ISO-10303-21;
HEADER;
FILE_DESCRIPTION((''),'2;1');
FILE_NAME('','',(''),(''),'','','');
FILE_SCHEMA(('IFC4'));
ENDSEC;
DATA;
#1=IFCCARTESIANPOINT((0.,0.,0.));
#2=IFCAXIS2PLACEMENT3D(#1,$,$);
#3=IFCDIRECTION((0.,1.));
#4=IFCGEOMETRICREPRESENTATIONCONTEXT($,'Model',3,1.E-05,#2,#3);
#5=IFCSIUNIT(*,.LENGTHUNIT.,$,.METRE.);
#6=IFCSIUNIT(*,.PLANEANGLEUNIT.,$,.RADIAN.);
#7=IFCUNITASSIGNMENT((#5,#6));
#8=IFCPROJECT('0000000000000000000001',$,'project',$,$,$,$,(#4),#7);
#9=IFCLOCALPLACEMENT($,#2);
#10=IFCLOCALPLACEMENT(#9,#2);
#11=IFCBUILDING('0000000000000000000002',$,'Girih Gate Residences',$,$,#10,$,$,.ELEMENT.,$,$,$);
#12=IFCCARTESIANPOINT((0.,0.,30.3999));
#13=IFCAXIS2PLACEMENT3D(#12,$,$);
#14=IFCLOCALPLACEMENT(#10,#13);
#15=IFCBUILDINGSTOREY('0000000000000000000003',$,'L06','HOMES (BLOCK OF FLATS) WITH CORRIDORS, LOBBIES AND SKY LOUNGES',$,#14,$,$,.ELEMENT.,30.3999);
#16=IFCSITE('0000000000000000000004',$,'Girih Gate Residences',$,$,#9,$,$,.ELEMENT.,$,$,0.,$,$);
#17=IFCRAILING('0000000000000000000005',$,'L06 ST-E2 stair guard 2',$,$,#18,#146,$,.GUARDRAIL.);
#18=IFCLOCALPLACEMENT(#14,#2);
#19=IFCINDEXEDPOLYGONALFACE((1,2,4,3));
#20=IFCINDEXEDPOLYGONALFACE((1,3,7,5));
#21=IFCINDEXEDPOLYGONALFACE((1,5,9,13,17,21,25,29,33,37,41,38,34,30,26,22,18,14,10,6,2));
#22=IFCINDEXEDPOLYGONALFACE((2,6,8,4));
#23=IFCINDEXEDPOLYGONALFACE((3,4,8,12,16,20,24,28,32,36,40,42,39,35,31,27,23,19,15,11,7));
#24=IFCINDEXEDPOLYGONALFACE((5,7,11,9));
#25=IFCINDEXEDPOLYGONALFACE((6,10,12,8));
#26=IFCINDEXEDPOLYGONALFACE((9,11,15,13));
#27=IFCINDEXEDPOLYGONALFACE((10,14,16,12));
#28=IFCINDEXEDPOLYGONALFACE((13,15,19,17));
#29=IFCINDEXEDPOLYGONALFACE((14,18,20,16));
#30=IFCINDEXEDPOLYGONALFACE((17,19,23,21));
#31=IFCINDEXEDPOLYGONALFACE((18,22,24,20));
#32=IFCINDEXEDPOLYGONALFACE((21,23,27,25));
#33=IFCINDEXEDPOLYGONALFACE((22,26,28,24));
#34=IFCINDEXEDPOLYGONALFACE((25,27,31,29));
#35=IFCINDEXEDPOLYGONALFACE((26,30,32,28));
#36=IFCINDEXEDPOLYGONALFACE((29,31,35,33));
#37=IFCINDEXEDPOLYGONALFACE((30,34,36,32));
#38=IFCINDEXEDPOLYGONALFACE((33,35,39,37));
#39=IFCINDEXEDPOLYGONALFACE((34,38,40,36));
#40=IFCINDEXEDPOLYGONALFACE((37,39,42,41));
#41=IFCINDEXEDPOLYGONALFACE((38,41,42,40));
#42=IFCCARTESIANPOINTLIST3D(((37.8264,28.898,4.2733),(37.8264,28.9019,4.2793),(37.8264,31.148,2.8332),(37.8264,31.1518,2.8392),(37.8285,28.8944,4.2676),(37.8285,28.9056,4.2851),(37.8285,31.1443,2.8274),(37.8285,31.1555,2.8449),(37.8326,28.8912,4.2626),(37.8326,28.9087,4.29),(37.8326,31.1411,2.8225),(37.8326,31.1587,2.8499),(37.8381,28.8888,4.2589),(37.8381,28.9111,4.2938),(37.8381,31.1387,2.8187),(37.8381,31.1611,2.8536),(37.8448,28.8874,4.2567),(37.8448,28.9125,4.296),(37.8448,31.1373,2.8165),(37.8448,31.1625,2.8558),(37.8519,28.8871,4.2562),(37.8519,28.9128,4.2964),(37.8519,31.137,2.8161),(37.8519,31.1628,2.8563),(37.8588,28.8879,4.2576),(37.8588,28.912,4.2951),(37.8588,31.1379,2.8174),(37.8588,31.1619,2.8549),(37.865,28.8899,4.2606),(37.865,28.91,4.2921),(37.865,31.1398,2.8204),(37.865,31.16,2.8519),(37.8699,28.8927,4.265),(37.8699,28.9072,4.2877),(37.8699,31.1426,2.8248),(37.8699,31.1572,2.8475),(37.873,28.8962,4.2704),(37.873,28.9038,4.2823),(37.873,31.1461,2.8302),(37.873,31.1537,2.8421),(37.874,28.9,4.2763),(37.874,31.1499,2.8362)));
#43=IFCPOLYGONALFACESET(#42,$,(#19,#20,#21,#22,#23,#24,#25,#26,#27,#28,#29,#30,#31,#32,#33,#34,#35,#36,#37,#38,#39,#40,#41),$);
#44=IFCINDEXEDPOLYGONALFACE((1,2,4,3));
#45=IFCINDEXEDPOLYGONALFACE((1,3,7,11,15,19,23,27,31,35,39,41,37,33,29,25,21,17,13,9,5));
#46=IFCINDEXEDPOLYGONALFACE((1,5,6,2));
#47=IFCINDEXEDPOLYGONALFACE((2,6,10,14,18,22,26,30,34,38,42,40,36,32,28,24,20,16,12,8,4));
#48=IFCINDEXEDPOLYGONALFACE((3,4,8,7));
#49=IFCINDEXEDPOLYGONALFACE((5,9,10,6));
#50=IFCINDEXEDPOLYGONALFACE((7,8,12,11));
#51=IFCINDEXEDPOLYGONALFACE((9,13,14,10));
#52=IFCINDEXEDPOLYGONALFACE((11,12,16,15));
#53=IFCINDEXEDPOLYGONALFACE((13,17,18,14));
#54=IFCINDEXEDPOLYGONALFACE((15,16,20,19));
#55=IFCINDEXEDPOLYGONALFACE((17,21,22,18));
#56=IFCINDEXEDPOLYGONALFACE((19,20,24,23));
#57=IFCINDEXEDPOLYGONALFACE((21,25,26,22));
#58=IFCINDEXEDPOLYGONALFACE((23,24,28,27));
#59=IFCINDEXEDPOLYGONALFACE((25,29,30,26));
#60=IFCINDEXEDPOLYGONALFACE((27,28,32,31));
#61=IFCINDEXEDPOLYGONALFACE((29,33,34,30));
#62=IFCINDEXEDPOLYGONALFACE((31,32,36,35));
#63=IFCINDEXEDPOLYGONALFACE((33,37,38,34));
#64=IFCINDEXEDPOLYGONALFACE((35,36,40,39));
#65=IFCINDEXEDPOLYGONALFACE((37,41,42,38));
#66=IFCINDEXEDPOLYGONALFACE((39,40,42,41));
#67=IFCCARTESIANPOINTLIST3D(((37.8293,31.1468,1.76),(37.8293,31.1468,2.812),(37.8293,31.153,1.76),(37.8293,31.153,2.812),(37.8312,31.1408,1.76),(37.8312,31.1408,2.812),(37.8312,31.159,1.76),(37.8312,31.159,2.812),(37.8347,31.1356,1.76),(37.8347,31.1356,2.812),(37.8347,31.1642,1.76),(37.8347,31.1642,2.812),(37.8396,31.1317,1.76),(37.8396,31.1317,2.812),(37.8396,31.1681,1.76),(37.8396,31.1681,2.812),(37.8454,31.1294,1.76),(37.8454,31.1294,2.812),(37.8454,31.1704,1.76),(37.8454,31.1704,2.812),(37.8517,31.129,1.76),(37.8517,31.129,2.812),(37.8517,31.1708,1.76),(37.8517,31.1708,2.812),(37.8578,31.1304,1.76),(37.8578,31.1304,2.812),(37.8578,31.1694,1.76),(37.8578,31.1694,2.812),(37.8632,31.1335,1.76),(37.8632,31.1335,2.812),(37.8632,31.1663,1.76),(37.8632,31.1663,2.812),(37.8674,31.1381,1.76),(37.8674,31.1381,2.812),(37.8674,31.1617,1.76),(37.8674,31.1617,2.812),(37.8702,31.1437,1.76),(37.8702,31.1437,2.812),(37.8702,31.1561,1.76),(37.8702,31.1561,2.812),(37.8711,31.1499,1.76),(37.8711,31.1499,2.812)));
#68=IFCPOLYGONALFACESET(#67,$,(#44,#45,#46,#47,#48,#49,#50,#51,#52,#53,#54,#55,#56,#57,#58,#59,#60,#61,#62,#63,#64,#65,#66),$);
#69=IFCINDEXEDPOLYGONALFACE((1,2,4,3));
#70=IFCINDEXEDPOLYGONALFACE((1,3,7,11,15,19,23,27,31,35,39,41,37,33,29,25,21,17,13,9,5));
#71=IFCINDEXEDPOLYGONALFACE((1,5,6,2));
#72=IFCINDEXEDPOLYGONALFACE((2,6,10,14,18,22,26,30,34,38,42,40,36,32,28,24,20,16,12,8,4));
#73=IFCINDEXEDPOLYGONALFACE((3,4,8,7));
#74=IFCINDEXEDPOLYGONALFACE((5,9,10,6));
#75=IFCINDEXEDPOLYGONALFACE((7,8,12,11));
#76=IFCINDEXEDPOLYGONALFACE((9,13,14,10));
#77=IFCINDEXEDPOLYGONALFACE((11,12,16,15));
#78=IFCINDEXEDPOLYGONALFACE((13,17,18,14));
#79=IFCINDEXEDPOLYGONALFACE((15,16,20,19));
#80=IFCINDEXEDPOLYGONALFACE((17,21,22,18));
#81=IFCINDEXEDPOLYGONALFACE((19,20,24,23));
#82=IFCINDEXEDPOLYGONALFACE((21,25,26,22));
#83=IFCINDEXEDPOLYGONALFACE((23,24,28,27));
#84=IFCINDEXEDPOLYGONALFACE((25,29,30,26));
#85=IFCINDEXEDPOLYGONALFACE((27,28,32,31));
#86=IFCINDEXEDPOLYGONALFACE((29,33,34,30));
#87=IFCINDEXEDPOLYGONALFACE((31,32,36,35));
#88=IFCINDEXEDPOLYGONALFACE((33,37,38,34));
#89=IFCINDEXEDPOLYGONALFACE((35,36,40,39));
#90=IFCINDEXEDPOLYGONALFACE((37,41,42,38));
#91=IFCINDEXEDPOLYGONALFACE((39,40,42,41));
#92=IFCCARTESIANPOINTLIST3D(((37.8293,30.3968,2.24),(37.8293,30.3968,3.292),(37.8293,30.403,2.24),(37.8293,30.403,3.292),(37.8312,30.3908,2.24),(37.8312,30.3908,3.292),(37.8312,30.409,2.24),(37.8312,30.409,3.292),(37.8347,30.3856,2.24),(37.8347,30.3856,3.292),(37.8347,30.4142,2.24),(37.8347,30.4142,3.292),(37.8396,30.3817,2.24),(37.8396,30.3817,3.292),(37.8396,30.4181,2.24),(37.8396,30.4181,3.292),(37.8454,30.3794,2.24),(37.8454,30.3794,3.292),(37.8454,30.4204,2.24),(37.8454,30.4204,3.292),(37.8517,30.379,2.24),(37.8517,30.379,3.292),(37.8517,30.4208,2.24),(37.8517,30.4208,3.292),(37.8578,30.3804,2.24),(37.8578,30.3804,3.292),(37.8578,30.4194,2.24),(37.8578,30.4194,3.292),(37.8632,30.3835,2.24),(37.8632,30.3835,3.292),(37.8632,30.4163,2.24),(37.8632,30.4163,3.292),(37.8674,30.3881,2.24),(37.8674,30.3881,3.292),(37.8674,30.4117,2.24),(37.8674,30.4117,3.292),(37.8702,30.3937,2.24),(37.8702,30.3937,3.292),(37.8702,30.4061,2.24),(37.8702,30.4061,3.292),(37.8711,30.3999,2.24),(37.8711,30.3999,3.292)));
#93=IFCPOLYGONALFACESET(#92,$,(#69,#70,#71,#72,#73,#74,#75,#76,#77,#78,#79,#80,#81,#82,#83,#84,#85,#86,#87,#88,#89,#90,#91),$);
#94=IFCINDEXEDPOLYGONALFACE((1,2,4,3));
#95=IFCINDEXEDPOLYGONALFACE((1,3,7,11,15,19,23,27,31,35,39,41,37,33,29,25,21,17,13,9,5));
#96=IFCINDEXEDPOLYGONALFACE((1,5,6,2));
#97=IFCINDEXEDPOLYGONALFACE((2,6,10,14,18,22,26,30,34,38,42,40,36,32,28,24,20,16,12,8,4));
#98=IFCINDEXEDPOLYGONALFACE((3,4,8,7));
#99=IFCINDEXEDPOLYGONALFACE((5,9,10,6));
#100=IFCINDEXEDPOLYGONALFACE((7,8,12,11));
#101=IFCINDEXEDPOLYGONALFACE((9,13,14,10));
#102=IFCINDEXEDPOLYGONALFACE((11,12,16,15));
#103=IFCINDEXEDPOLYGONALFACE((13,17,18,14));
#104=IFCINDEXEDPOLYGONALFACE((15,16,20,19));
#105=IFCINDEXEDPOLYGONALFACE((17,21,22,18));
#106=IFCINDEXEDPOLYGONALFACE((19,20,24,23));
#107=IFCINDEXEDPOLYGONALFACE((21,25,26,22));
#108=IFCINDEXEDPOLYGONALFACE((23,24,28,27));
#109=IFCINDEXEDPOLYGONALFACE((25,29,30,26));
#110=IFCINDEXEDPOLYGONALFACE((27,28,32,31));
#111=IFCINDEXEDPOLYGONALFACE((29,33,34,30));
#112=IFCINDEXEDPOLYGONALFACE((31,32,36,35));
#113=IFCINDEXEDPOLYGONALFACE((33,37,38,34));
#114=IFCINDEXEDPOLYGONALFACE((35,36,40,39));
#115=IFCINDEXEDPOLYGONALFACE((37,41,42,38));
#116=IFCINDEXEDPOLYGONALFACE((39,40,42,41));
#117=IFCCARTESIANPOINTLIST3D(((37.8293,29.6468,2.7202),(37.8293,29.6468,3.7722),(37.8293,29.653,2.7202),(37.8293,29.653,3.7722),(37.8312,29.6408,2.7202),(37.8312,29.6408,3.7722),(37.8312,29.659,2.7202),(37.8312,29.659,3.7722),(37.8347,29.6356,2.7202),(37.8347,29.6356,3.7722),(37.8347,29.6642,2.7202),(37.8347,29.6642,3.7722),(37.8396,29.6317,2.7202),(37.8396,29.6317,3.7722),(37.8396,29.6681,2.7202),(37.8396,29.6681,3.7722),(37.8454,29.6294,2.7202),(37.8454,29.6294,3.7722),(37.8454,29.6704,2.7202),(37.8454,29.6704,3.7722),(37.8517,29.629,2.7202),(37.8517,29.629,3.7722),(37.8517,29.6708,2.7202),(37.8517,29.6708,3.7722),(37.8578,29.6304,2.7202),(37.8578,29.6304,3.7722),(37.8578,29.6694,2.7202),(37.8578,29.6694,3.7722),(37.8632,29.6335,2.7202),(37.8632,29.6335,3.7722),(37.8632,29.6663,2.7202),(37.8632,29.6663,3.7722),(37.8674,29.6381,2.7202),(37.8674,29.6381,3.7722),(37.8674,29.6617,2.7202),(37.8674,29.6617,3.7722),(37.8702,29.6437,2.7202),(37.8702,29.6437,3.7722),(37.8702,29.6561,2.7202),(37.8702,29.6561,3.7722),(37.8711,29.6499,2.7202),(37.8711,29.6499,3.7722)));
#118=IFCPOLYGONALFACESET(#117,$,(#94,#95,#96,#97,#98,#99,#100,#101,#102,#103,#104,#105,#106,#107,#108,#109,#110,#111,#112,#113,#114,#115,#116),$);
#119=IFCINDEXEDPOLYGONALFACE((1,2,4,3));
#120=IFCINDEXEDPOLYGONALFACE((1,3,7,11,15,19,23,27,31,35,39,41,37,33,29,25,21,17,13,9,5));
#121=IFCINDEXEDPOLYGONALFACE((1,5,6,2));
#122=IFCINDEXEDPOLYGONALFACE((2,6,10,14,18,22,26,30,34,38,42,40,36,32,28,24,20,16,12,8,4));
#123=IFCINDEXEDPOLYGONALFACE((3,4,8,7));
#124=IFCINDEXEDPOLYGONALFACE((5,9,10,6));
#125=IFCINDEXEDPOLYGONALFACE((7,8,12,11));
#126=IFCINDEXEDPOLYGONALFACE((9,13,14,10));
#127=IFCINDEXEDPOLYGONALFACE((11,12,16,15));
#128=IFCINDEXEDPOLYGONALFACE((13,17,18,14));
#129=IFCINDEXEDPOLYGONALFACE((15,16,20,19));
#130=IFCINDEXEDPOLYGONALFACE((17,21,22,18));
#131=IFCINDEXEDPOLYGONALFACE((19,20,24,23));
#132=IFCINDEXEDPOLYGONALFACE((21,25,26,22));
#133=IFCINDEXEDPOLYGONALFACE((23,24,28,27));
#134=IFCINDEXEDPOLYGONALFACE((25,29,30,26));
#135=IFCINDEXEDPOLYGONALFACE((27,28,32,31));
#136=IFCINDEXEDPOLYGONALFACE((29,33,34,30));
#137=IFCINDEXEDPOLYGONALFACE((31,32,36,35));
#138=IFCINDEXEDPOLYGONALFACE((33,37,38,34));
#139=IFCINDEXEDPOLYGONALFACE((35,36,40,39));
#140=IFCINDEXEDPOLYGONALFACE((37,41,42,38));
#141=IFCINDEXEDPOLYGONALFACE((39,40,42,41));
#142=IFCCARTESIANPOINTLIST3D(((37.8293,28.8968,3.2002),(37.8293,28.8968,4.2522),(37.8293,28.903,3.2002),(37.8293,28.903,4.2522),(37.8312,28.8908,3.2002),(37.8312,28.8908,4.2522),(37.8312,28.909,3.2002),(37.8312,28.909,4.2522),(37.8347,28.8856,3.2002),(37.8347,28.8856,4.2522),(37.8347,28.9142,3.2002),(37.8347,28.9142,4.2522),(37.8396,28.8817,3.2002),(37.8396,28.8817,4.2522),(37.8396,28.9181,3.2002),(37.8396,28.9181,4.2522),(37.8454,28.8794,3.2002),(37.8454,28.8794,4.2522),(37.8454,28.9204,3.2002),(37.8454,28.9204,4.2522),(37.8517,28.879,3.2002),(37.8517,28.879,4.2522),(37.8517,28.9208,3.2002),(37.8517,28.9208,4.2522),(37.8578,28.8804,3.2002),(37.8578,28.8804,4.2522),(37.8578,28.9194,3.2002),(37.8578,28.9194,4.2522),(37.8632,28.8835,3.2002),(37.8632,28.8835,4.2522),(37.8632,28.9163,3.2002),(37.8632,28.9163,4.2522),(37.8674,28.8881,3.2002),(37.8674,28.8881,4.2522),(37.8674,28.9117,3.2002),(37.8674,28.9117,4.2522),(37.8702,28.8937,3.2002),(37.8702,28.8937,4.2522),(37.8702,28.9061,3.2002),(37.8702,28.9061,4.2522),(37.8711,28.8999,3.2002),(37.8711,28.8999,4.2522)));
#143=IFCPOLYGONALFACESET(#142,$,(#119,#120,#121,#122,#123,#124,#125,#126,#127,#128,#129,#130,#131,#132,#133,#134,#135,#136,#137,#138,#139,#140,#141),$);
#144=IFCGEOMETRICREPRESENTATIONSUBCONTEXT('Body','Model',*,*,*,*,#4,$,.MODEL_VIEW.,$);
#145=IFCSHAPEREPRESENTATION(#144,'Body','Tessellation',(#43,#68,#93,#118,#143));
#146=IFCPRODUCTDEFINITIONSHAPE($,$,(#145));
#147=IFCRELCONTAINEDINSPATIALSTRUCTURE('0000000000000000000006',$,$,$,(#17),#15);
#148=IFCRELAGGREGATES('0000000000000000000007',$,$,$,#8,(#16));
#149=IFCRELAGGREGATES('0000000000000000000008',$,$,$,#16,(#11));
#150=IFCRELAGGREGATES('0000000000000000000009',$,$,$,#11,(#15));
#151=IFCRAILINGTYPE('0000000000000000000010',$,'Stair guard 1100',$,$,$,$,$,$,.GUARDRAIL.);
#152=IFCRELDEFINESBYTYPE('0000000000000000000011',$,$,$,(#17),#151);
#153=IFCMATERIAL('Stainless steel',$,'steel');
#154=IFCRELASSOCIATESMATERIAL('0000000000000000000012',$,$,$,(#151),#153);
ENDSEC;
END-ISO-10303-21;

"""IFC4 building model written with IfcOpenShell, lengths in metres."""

from ifc_helpers import new_model, si_unit, direction, frame, origin, origin_2d, place, context, subcontext, project, spatial, circle, extrude, material, type_object, element, save


model = new_model("IFC4")

# Units and contexts
model_context = context("Model", 3, precision=1e-05, world=origin(), true_north=direction((0.0, 1.0)))
body_context = subcontext(model_context, "Body", "Model", "MODEL_VIEW")
ifc_project = project(units=[si_unit("LENGTHUNIT", "METRE"), si_unit("PLANEANGLEUNIT", "RADIAN")], contexts=[model_context])

# Site, building, storey
site_placement = place(None, origin())
site = spatial("IfcSite", under=ifc_project, at=site_placement, Name="Girih Gate Residences", CompositionType="ELEMENT", RefElevation=0.0)
building_placement = place(site_placement, origin())
building = spatial("IfcBuilding", under=site, at=building_placement, Name="Girih Gate Residences", CompositionType="ELEMENT")
storey_placement = place(building_placement, frame((0.0, 0.0, 30.3999)))
storey = spatial("IfcBuildingStorey", under=building, at=storey_placement, Name="L06", Description="HOMES (BLOCK OF FLATS) WITH CORRIDORS, LOBBIES AND SKY LOUNGES", CompositionType="ELEMENT", Elevation=30.3999)

# Shared definitions
ifc_material_1 = material(Name="Stainless steel", Category="steel")

# Railing
railing_type_1 = type_object("IfcRailingType", Name="Stair guard 1100", PredefinedType="GUARDRAIL", material=ifc_material_1)
railing_1_placement = place(storey_placement, frame((37.8501, 31.1499, 1.76)))
element("IfcRailing", 1, at=railing_1_placement, inside=storey, type_object=railing_type_1, Name="L06 ST-E2 stair guard 2", PredefinedType="GUARDRAIL", context=body_context, shape_type="SweptSolid", body=[
    extrude(circle(Radius=0.0239, at=origin_2d()), frame((0.0, 0.0, 1.0762), z_axis=(0.0, -0.84224, 0.539103), x_axis=(1.0, 0.0, 0.0)), (0.0, 0.0, 1.0), 2.6714),
    extrude(circle(Radius=0.021, at=origin_2d()), origin(), (0.0, 0.0, 1.0), 1.052),
    extrude(circle(Radius=0.021, at=origin_2d()), frame((0.0, -0.75, 0.48)), (0.0, 0.0, 1.0), 1.052),
    extrude(circle(Radius=0.021, at=origin_2d()), frame((0.0, -1.5, 0.9602)), (0.0, 0.0, 1.0), 1.052),
    extrude(circle(Radius=0.021, at=origin_2d()), frame((0.0, -2.25, 1.4402)), (0.0, 0.0, 1.0), 1.052),
])

save(model, "model.ifc")
